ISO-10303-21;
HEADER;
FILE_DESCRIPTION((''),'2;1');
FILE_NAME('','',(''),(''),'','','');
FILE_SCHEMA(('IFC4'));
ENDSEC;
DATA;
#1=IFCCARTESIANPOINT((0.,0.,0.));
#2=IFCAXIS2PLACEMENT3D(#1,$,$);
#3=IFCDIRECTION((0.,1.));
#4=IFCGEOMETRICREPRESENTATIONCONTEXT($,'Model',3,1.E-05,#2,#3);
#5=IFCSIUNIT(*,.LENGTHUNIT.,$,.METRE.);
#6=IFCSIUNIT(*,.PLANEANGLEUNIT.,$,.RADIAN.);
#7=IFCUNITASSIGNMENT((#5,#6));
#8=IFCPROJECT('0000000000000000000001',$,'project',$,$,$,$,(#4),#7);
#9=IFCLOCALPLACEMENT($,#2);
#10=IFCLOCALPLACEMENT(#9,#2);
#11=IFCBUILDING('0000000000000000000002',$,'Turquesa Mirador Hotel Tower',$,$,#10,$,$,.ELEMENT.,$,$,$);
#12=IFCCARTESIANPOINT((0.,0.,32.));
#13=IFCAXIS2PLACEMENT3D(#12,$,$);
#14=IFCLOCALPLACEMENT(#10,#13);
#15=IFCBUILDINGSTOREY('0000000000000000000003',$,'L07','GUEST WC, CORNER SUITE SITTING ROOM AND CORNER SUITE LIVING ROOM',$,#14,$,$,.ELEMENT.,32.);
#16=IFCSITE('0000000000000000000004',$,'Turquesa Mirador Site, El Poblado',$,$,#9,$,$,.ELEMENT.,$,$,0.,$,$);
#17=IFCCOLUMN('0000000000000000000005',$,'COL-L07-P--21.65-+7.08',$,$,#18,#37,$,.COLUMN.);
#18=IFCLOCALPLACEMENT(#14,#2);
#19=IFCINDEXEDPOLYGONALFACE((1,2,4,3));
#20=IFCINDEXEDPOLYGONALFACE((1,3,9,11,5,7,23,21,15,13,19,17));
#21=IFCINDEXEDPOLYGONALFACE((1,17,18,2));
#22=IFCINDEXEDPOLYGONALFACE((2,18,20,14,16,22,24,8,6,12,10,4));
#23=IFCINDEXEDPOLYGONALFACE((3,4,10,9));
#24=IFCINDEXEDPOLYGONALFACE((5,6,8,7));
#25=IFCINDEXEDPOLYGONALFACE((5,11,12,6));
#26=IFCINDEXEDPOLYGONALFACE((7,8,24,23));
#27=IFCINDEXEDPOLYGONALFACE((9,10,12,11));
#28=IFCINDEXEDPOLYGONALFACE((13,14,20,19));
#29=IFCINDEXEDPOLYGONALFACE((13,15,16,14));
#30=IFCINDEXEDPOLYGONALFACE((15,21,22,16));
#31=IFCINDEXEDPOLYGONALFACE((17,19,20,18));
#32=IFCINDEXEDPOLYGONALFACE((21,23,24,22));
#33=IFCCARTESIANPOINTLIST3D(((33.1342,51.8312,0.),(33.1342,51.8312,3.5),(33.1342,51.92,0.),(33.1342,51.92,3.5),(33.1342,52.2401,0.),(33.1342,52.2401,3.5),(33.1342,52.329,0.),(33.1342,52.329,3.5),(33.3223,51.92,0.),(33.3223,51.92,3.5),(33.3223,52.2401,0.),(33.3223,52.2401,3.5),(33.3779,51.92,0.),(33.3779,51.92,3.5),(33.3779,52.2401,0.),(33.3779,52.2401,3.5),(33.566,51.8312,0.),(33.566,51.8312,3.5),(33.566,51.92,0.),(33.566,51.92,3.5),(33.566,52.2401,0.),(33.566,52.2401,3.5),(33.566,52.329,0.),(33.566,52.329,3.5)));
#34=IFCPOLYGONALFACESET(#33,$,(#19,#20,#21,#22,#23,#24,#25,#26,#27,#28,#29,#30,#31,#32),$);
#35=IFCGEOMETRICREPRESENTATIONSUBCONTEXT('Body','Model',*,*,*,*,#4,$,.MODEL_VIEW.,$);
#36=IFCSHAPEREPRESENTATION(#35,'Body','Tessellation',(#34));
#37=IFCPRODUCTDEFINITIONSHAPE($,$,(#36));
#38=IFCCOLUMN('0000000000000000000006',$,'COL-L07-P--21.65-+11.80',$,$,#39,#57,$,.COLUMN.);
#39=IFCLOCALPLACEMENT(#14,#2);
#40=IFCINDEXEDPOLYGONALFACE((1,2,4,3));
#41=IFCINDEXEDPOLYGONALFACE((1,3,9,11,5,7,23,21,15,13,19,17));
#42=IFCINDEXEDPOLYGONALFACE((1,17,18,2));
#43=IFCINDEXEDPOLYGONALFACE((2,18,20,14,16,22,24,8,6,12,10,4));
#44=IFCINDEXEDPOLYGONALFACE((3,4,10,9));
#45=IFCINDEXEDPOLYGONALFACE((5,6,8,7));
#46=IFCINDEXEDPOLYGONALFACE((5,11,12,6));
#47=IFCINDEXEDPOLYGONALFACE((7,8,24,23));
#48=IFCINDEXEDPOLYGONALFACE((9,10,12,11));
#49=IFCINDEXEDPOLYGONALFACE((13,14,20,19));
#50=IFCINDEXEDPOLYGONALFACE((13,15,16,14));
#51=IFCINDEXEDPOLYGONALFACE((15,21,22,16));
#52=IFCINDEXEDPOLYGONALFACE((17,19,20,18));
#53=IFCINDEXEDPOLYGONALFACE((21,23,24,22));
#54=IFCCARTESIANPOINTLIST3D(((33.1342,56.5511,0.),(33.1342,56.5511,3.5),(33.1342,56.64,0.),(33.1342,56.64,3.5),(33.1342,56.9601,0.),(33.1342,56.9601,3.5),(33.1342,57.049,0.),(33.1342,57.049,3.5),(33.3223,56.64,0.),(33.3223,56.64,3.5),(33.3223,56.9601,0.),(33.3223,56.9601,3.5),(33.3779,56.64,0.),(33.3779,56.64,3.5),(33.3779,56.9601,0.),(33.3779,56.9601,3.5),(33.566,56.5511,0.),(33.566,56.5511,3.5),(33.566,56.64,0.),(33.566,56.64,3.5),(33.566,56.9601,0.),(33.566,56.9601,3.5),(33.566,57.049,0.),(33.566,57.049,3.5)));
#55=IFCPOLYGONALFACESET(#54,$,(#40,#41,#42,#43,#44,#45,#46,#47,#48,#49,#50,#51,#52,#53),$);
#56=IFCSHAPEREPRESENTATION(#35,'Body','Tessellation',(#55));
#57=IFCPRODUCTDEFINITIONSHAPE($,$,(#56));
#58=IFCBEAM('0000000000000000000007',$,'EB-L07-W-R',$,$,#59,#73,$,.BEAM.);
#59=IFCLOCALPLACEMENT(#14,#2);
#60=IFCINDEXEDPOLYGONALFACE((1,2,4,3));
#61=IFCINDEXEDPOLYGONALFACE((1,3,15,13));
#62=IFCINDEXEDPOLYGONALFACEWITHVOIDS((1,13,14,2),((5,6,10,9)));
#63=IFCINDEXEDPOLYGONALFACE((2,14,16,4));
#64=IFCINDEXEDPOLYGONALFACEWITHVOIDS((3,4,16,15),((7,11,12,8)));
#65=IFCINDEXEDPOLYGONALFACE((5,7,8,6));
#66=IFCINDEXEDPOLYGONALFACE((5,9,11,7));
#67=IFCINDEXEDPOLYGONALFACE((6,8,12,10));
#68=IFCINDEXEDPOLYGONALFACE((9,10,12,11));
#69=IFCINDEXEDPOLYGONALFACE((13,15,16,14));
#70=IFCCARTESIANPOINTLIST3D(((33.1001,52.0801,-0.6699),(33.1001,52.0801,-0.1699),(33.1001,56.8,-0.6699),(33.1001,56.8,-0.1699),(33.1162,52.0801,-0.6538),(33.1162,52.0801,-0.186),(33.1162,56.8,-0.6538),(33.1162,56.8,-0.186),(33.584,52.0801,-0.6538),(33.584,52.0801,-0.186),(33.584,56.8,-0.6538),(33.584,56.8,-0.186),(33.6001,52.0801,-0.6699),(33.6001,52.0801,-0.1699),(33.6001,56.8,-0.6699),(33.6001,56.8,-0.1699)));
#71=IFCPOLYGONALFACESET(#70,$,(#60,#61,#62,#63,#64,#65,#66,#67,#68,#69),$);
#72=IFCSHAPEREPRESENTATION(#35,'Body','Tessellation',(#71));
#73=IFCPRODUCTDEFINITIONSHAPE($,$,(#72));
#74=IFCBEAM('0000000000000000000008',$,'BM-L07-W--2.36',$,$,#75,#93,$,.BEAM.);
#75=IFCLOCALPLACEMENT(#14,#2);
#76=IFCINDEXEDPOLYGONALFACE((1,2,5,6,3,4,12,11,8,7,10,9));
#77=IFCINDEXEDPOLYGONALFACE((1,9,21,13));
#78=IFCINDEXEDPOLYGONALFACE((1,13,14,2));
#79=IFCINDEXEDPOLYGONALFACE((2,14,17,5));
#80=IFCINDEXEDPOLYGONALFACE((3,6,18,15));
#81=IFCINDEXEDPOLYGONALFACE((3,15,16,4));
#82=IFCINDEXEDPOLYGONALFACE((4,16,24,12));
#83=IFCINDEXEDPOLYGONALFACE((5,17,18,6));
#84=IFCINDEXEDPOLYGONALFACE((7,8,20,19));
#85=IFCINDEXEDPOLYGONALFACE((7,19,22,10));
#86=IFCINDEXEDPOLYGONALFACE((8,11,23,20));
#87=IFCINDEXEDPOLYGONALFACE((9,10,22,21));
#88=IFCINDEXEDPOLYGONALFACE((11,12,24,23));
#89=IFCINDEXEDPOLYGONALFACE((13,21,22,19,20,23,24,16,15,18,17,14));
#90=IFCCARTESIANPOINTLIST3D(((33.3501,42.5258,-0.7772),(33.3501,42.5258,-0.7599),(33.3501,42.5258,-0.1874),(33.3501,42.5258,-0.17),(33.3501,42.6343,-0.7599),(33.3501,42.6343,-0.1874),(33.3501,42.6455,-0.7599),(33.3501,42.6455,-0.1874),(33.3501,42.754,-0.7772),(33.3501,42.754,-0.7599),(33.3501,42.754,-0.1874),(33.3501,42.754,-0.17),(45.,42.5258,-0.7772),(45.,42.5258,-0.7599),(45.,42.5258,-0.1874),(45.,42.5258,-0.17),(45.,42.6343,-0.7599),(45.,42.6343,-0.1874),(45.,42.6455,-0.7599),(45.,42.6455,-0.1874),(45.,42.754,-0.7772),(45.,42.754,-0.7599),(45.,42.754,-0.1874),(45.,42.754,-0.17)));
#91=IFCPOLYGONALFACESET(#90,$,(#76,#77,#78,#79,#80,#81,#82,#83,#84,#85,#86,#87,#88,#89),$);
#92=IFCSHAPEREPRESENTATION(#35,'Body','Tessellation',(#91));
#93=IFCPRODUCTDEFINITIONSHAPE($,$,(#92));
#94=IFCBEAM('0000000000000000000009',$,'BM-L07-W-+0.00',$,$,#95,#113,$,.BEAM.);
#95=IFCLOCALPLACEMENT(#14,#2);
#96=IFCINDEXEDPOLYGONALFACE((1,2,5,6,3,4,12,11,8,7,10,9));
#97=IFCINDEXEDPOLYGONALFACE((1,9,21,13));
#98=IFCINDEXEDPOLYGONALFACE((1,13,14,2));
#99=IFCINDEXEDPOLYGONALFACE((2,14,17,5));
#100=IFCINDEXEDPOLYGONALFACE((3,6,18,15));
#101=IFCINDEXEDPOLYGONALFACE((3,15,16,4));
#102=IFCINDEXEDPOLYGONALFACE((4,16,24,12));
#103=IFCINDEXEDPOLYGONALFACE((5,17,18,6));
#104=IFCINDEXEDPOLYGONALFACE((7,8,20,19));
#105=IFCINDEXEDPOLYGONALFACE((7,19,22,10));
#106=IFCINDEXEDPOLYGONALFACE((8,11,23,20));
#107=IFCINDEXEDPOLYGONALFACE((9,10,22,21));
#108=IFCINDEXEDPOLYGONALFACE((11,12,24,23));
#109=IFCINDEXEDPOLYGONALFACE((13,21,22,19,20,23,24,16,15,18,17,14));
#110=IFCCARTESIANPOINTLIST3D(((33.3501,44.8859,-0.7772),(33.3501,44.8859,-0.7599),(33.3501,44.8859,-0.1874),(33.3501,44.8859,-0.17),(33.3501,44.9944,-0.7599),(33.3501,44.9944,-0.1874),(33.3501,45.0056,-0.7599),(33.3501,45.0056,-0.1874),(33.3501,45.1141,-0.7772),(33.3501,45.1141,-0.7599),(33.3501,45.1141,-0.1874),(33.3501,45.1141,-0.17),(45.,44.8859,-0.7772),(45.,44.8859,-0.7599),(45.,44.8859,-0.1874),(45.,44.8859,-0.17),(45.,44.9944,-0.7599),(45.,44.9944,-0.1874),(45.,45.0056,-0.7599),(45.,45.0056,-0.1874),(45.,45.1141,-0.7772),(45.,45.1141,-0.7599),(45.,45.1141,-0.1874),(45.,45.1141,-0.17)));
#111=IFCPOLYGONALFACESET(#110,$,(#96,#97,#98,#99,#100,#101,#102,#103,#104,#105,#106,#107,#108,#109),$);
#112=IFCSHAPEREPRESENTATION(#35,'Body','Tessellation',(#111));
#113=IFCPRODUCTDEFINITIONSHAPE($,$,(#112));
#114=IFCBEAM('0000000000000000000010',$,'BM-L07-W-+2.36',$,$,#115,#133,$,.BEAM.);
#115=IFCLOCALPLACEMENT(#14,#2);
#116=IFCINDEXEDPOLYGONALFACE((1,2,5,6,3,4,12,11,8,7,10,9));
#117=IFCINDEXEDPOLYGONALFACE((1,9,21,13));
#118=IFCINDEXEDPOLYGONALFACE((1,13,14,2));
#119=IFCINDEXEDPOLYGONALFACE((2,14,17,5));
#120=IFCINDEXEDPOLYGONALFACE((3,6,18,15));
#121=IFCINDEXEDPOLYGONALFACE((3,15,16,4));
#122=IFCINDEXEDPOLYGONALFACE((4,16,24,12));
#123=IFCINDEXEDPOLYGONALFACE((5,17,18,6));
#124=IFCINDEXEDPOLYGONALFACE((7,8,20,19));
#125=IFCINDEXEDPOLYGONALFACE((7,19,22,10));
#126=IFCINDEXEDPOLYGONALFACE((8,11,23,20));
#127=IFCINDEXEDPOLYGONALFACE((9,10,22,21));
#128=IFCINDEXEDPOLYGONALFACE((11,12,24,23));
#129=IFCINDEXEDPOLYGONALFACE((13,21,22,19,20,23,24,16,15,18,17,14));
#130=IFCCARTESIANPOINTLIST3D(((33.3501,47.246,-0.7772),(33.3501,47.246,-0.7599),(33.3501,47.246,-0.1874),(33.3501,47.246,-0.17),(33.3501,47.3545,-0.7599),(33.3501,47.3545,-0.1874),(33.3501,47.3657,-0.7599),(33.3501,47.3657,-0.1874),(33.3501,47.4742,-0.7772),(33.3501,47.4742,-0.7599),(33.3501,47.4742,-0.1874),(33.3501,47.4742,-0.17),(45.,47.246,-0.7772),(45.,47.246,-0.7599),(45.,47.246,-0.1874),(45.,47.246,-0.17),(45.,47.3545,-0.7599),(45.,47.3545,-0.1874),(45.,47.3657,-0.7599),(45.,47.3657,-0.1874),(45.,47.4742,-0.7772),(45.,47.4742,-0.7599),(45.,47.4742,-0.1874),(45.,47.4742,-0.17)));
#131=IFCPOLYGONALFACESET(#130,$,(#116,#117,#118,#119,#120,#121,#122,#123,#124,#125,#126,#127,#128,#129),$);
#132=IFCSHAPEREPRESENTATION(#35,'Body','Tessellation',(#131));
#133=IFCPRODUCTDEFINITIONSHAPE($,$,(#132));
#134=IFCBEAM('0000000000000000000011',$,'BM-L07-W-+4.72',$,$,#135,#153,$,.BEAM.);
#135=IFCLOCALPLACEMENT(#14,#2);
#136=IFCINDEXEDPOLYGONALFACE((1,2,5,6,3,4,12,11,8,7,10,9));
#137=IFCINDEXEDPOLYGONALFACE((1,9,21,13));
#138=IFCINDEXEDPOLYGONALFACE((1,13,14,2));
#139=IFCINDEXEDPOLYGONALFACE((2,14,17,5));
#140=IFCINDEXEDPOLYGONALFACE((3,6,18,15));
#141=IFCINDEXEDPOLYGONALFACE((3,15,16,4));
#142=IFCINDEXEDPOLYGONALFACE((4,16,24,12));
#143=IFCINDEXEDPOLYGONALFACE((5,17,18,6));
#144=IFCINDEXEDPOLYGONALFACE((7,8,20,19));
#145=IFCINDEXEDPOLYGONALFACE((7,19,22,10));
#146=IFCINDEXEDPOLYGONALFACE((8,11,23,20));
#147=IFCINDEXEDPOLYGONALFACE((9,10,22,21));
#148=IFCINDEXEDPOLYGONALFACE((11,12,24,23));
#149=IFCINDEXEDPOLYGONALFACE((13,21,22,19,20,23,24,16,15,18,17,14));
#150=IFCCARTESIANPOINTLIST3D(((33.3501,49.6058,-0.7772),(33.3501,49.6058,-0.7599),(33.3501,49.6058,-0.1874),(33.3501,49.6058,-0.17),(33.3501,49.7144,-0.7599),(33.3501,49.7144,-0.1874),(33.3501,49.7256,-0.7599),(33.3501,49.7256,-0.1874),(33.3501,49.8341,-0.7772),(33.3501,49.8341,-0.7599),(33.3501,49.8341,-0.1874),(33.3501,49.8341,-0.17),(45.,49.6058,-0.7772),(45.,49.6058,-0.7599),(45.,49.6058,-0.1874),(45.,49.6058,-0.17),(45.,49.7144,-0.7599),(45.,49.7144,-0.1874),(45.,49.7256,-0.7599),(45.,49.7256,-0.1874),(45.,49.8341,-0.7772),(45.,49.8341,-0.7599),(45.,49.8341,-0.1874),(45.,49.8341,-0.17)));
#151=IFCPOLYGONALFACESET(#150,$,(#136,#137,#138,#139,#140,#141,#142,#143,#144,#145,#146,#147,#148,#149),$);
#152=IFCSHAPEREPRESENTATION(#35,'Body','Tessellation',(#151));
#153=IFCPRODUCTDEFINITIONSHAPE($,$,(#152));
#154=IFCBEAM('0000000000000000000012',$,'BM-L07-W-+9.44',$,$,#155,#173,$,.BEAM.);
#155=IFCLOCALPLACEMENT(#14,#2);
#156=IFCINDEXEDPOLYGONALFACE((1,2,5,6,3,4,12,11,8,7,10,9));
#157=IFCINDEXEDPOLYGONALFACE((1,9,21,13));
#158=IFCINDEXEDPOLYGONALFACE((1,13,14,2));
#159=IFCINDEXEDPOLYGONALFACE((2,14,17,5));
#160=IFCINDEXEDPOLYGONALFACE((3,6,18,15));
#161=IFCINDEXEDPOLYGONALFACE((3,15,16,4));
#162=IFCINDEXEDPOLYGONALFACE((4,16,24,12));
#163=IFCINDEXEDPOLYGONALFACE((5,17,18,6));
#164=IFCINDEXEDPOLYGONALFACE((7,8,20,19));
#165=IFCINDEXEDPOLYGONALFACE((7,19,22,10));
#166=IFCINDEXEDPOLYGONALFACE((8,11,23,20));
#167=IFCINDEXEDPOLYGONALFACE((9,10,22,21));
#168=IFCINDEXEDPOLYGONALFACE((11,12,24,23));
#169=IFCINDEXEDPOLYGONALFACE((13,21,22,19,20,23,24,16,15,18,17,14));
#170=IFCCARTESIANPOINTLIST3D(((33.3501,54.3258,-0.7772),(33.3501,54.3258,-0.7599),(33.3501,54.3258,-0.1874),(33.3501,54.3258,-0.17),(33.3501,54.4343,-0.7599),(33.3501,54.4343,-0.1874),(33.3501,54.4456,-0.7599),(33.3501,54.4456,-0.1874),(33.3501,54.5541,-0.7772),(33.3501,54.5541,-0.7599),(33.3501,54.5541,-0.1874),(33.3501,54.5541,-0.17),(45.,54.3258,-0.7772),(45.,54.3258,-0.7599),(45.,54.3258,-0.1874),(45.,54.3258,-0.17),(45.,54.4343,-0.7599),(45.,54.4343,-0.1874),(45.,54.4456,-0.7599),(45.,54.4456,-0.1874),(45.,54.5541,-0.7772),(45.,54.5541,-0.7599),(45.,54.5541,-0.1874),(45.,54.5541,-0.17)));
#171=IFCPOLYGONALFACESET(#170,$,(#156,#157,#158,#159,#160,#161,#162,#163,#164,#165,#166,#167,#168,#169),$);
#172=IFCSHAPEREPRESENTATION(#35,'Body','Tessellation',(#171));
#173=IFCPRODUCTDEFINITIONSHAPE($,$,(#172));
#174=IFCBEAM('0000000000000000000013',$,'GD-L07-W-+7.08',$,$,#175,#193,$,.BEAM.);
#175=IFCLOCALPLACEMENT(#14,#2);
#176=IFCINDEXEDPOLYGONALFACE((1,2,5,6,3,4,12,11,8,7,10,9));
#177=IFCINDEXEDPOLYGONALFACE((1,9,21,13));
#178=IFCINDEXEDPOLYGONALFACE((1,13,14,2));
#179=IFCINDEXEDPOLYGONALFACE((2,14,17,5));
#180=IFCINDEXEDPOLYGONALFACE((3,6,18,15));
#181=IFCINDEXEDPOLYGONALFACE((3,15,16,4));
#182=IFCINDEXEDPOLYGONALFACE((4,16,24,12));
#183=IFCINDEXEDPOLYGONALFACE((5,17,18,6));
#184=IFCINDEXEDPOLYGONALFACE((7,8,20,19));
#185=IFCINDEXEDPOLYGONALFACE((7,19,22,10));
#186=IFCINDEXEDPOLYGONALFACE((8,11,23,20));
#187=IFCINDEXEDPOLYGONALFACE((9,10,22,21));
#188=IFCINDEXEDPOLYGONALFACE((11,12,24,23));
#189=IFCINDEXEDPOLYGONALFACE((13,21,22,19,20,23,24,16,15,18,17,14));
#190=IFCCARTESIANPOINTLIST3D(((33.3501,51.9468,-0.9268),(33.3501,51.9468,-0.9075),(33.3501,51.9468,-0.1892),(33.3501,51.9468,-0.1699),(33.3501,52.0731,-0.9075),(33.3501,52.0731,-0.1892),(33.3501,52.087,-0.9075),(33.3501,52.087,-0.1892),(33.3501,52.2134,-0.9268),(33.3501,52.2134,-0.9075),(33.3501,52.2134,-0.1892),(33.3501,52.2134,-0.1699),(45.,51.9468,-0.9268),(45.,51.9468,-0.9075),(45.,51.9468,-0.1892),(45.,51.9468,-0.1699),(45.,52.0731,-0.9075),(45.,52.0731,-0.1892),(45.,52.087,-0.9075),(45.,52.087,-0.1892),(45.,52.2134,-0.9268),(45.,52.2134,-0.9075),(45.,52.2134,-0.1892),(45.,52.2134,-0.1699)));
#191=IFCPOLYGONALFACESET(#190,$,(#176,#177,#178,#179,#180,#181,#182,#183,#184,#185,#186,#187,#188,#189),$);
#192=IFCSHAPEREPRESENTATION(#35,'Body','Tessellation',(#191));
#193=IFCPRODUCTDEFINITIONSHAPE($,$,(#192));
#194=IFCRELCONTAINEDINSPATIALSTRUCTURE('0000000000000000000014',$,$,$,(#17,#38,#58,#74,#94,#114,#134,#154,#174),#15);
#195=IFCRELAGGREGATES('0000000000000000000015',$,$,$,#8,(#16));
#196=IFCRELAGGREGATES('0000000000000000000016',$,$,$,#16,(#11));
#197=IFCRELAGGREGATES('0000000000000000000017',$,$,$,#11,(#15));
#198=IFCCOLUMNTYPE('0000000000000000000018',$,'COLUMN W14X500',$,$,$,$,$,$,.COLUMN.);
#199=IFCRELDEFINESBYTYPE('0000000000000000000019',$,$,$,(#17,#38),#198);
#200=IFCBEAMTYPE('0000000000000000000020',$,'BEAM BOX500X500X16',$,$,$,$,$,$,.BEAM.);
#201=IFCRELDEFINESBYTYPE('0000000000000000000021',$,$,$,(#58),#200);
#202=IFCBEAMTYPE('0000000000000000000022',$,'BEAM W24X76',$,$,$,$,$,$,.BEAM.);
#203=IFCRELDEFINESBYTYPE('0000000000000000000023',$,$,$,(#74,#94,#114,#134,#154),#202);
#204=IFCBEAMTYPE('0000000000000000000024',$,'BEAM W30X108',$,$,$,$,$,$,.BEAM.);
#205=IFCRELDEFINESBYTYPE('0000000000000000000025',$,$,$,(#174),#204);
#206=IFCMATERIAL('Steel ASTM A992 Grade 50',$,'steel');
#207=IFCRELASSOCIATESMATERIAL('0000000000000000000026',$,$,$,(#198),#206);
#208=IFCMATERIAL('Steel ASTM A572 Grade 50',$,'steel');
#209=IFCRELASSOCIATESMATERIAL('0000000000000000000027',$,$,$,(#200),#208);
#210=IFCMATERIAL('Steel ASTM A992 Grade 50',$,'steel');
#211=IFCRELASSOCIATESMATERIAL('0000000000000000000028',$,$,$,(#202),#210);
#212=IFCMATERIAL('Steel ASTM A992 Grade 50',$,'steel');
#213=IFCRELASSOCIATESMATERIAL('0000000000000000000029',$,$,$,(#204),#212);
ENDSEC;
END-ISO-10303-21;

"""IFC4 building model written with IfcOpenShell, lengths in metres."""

from ifc_helpers import new_model, si_unit, direction, frame, origin, origin_2d, place, context, subcontext, project, spatial, hollow_rectangle, i_section, extrude, material, material_profile, profile_set, type_object, element, save


model = new_model("IFC4")

# Units and contexts
model_context = context("Model", 3, precision=1e-05, world=origin(), true_north=direction((0.0, 1.0)))
body_context = subcontext(model_context, "Body", "Model", "MODEL_VIEW")
ifc_project = project(units=[si_unit("LENGTHUNIT", "METRE"), si_unit("PLANEANGLEUNIT", "RADIAN")], contexts=[model_context])

# Site, building, storey
site_placement = place(None, origin())
site = spatial("IfcSite", under=ifc_project, at=site_placement, Name="Turquesa Mirador Site, El Poblado", CompositionType="ELEMENT", RefElevation=0.0)
building_placement = place(site_placement, origin())
building = spatial("IfcBuilding", under=site, at=building_placement, Name="Turquesa Mirador Hotel Tower", CompositionType="ELEMENT")
storey_placement = place(building_placement, frame((0.0, 0.0, 32.0)))
storey = spatial("IfcBuildingStorey", under=building, at=storey_placement, Name="L07", Description="GUEST WC, CORNER SUITE SITTING ROOM AND CORNER SUITE LIVING ROOM", CompositionType="ELEMENT", Elevation=32.0)

# Columns
ifc_material_1 = material(Name="Steel ASTM A992 Grade 50", Category="steel")
ifc_material_profile_1 = material_profile(ifc_material_1, i_section(OverallWidth=0.4319, OverallDepth=0.4978, WebThickness=0.0557, FlangeThickness=0.0889, at=origin_2d()), Name="W14X500")
ifc_profile_set_1 = profile_set([ifc_material_profile_1], Name="Steel ASTM A992 Grade 50")
column_type = type_object("IfcColumnType", Name="COLUMN W14X500", PredefinedType="COLUMN", material=ifc_profile_set_1)
for number, where, z_axis, x_axis, name in (
    (1, (33.3501, 52.0801, 0.0), (0.0, 0.0, 1.0), (1.0, 0.0, 0.0), "COL-L07-P--21.65-+7.08"),
    (2, (33.3501, 56.8, 0.0), (0.0, 0.0, 1.0), (1.0, 0.0, 0.0), "COL-L07-P--21.65-+11.80"),
):
    element("IfcColumn", number, at=place(storey_placement, frame(where, z_axis=z_axis, x_axis=x_axis)), inside=storey, type_object=column_type, Name=name, PredefinedType="COLUMN", context=body_context, shape_type="SweptSolid", body=[
        extrude(i_section(OverallWidth=0.4319, OverallDepth=0.4978, WebThickness=0.0557, FlangeThickness=0.0889, at=origin_2d()), origin(), (0.0, 0.0, 1.0), 3.5),
    ])

# Beams
ifc_material_2 = material(Name="Steel ASTM A572 Grade 50", Category="steel")
ifc_material_profile_2 = material_profile(ifc_material_2, hollow_rectangle(XDim=0.5, YDim=0.5, WallThickness=0.0161, at=origin_2d()), Name="BOX500X500X16")
ifc_profile_set_2 = profile_set([ifc_material_profile_2], Name="Steel ASTM A572 Grade 50")
beam_type_1 = type_object("IfcBeamType", Name="BEAM BOX500X500X16", PredefinedType="BEAM", material=ifc_profile_set_2)
beam_1_placement = place(storey_placement, frame((33.3501, 52.0801, -0.4199), z_axis=(0.0, 1.0, 0.0), x_axis=(-1.0, 0.0, 0.0)))
element("IfcBeam", 3, at=beam_1_placement, inside=storey, type_object=beam_type_1, Name="EB-L07-W-R", PredefinedType="BEAM", context=body_context, shape_type="SweptSolid", body=[
    extrude(hollow_rectangle(XDim=0.5, YDim=0.5, WallThickness=0.0161, at=origin_2d()), origin(), (0.0, 0.0, 1.0), 4.72),
])
ifc_material_3 = material(Name="Steel ASTM A992 Grade 50", Category="steel")
ifc_material_profile_3 = material_profile(ifc_material_3, i_section(OverallWidth=0.2283, OverallDepth=0.6072, WebThickness=0.0112, FlangeThickness=0.0173, at=origin_2d()), Name="W24X76")
ifc_profile_set_3 = profile_set([ifc_material_profile_3], Name="Steel ASTM A992 Grade 50")
beam_type_2 = type_object("IfcBeamType", Name="BEAM W24X76", PredefinedType="BEAM", material=ifc_profile_set_3)
for number, where, z_axis, x_axis, name in (
    (4, (33.3501, 42.6399, -0.4736), (1.0, 0.0, 0.0), (0.0, 1.0, 0.0), "BM-L07-W--2.36"),
    (5, (33.3501, 45.0, -0.4736), (1.0, 0.0, 0.0), (0.0, 1.0, 0.0), "BM-L07-W-+0.00"),
    (6, (33.3501, 47.3601, -0.4736), (1.0, 0.0, 0.0), (0.0, 1.0, 0.0), "BM-L07-W-+2.36"),
    (7, (33.3501, 49.72, -0.4736), (1.0, 0.0, 0.0), (0.0, 1.0, 0.0), "BM-L07-W-+4.72"),
    (8, (33.3501, 54.4399, -0.4736), (1.0, 0.0, 0.0), (0.0, 1.0, 0.0), "BM-L07-W-+9.44"),
):
    element("IfcBeam", number, at=place(storey_placement, frame(where, z_axis=z_axis, x_axis=x_axis)), inside=storey, type_object=beam_type_2, Name=name, PredefinedType="BEAM", context=body_context, shape_type="SweptSolid", body=[
        extrude(i_section(OverallWidth=0.2283, OverallDepth=0.6072, WebThickness=0.0112, FlangeThickness=0.0173, at=origin_2d()), origin(), (0.0, 0.0, 1.0), 11.6499),
    ])
ifc_material_4 = material(Name="Steel ASTM A992 Grade 50", Category="steel")
ifc_material_profile_4 = material_profile(ifc_material_4, i_section(OverallWidth=0.2666, OverallDepth=0.7568, WebThickness=0.0139, FlangeThickness=0.0193, at=origin_2d()), Name="W30X108")
ifc_profile_set_4 = profile_set([ifc_material_profile_4], Name="Steel ASTM A992 Grade 50")
beam_type_3 = type_object("IfcBeamType", Name="BEAM W30X108", PredefinedType="BEAM", material=ifc_profile_set_4)
beam_2_placement = place(storey_placement, frame((33.3501, 52.0801, -0.5483), z_axis=(1.0, 0.0, 0.0), x_axis=(0.0, 1.0, 0.0)))
element("IfcBeam", 9, at=beam_2_placement, inside=storey, type_object=beam_type_3, Name="GD-L07-W-+7.08", PredefinedType="BEAM", context=body_context, shape_type="SweptSolid", body=[
    extrude(i_section(OverallWidth=0.2666, OverallDepth=0.7568, WebThickness=0.0139, FlangeThickness=0.0193, at=origin_2d()), origin(), (0.0, 0.0, 1.0), 11.6499),
])

save(model, "model.ifc")
